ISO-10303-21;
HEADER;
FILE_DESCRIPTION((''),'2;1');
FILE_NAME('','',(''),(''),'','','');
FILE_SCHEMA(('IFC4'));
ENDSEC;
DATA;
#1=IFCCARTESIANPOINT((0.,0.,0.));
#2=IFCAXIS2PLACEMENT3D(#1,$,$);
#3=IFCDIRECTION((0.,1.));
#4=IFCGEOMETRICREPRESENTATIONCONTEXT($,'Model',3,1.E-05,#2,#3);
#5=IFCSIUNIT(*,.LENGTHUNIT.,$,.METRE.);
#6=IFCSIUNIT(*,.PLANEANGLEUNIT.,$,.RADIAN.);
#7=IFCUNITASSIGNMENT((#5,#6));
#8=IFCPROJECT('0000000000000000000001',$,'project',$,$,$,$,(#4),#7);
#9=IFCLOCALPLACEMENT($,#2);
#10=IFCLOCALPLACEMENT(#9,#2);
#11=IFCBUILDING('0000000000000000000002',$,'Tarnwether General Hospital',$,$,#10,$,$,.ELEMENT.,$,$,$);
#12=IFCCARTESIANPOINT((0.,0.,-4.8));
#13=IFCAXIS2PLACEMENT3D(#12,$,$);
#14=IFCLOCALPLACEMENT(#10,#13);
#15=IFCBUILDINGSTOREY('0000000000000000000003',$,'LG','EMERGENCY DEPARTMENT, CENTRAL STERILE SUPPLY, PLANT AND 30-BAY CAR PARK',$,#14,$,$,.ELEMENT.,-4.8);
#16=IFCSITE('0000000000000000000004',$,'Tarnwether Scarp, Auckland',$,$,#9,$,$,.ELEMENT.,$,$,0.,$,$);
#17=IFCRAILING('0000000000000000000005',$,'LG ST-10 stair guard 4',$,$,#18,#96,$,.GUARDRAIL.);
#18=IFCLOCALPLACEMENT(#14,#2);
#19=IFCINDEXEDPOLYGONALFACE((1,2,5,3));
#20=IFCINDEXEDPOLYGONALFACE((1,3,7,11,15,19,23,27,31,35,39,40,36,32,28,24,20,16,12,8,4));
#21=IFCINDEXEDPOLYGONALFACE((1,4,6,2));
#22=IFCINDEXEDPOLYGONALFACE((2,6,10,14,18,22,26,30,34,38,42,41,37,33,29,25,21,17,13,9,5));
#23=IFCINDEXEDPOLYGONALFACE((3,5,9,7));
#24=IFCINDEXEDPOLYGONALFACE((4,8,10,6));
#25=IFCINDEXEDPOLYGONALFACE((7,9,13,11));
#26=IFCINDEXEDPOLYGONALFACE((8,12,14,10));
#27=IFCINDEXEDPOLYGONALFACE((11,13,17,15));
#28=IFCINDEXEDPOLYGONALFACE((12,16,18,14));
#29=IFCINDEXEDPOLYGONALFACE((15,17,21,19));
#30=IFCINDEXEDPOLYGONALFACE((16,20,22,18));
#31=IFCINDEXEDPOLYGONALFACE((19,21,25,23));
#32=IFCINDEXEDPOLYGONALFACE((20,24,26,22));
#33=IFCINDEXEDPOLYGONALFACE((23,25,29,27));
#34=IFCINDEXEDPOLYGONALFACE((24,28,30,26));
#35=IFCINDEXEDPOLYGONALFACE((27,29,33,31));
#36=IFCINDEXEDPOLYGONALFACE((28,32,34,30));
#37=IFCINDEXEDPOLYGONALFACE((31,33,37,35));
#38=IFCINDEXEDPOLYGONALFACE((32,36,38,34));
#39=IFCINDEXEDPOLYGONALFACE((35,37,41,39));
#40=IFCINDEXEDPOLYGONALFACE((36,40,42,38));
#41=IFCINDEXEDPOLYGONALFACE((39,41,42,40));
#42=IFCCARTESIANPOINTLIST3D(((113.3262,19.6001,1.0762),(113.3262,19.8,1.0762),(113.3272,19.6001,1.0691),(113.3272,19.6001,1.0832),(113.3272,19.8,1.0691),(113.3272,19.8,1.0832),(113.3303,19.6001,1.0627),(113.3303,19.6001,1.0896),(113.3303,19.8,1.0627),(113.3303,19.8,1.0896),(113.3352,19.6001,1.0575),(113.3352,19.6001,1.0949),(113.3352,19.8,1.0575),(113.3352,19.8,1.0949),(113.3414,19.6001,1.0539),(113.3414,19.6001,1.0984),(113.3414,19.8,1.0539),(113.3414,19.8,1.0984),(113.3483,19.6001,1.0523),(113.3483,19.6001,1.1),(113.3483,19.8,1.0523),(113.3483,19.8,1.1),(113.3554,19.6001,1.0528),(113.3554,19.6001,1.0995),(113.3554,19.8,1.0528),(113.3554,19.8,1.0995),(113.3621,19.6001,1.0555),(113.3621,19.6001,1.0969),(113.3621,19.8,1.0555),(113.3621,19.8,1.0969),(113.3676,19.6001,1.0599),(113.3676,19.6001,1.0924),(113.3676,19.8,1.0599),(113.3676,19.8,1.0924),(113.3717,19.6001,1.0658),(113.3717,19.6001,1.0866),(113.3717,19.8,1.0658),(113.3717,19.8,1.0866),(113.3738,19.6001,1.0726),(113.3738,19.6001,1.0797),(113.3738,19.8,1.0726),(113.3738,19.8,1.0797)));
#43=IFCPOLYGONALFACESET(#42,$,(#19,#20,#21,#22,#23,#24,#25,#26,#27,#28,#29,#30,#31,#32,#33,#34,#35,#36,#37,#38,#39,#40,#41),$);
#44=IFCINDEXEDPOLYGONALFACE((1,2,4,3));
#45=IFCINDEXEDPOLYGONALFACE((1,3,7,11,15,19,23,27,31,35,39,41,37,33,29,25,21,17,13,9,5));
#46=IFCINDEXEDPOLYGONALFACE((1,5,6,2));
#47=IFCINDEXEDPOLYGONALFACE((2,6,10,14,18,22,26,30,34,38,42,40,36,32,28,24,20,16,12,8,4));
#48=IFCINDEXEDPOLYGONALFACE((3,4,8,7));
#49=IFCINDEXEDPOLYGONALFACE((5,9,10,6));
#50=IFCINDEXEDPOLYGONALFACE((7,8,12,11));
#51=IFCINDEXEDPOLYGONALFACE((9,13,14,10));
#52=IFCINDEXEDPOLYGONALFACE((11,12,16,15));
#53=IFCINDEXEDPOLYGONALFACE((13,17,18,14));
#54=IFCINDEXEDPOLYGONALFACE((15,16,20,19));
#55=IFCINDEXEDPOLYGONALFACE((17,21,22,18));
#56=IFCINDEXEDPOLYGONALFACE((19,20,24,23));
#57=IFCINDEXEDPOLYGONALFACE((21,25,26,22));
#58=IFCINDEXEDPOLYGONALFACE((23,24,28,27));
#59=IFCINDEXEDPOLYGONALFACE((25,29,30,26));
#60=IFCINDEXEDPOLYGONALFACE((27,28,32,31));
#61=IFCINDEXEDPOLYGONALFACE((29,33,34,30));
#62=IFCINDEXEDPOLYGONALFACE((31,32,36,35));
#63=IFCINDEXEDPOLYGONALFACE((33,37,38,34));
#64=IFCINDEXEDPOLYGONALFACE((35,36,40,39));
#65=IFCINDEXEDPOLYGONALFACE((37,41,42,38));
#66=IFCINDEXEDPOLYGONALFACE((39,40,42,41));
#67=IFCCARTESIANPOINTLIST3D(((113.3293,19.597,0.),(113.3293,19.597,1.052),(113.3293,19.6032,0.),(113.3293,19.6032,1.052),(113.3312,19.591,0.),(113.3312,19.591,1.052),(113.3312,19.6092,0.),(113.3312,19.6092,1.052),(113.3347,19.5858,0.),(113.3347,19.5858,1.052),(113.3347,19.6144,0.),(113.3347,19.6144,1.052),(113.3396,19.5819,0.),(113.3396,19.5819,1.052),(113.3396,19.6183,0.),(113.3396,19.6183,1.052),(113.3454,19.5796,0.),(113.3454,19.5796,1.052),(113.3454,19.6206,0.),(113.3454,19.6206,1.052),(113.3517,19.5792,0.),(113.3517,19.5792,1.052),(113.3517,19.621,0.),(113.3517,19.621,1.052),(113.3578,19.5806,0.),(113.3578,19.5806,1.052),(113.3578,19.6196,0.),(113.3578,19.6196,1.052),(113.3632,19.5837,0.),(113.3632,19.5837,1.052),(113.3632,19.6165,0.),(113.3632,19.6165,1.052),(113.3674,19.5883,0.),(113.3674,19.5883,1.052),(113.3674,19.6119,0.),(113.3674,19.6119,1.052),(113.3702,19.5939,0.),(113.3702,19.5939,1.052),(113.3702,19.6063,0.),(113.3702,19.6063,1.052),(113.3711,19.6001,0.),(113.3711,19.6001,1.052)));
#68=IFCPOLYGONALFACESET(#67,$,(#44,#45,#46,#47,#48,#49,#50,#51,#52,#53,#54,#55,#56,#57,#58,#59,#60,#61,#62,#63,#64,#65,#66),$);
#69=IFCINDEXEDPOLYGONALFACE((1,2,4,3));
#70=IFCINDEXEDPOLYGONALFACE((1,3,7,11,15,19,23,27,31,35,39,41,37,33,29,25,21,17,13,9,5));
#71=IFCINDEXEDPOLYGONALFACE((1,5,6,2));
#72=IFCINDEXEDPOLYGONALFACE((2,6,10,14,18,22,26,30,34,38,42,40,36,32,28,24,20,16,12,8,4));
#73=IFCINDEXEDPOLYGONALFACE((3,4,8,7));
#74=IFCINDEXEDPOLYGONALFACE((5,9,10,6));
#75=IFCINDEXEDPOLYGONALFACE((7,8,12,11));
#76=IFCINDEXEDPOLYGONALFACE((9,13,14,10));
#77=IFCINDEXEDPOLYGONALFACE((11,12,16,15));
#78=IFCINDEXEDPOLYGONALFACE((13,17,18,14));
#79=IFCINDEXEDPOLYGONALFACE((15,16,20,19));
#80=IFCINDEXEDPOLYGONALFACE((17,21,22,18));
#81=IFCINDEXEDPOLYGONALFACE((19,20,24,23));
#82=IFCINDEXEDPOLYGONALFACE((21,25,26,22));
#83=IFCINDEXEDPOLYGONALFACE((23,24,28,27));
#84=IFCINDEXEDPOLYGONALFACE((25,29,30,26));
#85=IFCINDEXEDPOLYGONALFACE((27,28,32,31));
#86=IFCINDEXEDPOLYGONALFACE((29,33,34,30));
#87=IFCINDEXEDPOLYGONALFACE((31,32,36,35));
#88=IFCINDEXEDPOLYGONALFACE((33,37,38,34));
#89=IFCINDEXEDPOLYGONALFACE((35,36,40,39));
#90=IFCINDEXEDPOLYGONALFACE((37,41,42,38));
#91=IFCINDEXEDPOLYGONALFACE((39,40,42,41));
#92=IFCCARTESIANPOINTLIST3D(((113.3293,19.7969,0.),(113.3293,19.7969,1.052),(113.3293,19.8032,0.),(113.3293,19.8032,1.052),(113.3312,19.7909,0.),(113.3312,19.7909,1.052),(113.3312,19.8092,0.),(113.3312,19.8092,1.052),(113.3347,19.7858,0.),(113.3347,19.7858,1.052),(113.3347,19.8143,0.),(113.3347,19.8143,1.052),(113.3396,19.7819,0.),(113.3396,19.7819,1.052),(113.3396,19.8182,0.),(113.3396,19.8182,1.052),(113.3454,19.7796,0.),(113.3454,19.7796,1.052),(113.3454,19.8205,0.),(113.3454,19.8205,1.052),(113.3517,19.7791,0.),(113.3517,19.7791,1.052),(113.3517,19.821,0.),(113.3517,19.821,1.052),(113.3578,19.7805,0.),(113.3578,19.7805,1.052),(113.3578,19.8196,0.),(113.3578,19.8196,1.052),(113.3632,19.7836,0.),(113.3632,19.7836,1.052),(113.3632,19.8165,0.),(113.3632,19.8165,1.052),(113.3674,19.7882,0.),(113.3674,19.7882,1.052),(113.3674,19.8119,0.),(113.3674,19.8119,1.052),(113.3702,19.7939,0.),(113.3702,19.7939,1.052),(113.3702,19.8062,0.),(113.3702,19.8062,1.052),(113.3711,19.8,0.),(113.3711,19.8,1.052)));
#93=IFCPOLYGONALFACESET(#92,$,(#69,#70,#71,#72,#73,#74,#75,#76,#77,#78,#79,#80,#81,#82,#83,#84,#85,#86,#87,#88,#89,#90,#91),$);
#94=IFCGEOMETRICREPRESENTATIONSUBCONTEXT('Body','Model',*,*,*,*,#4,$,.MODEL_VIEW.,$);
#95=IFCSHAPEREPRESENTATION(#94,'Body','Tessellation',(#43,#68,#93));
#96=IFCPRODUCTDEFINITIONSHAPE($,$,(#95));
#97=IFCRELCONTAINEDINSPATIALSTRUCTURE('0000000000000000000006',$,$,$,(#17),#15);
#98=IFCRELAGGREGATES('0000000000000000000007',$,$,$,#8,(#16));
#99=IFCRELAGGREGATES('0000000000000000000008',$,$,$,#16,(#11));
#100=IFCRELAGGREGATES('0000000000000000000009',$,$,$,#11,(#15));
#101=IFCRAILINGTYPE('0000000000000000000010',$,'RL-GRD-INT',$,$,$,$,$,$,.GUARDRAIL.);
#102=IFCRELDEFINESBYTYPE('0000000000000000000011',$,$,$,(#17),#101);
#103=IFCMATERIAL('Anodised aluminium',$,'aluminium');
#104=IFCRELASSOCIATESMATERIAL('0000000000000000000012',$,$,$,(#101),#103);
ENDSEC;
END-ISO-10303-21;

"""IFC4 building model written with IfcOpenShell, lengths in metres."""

from ifc_helpers import new_model, si_unit, direction, frame, origin, origin_2d, place, context, subcontext, project, spatial, circle, extrude, material, type_object, element, save


model = new_model("IFC4")

# Units and contexts
model_context = context("Model", 3, precision=1e-05, world=origin(), true_north=direction((0.0, 1.0)))
body_context = subcontext(model_context, "Body", "Model", "MODEL_VIEW")
ifc_project = project(units=[si_unit("LENGTHUNIT", "METRE"), si_unit("PLANEANGLEUNIT", "RADIAN")], contexts=[model_context])

# Site, building, storey
site_placement = place(None, origin())
site = spatial("IfcSite", under=ifc_project, at=site_placement, Name="Tarnwether Scarp, Auckland", CompositionType="ELEMENT", RefElevation=0.0)
building_placement = place(site_placement, origin())
building = spatial("IfcBuilding", under=site, at=building_placement, Name="Tarnwether General Hospital", CompositionType="ELEMENT")
storey_placement = place(building_placement, frame((0.0, 0.0, -4.8)))
storey = spatial("IfcBuildingStorey", under=building, at=storey_placement, Name="LG", Description="EMERGENCY DEPARTMENT, CENTRAL STERILE SUPPLY, PLANT AND 30-BAY CAR PARK", CompositionType="ELEMENT", Elevation=-4.8)

# Railing
ifc_material_1 = material(Name="Anodised aluminium", Category="aluminium")
railing_type_1 = type_object("IfcRailingType", Name="RL-GRD-INT", PredefinedType="GUARDRAIL", material=ifc_material_1)
railing_1_placement = place(storey_placement, frame((113.3501, 19.6001, 0.0)))
element("IfcRailing", 1, at=railing_1_placement, inside=storey, type_object=railing_type_1, Name="LG ST-10 stair guard 4", PredefinedType="GUARDRAIL", context=body_context, shape_type="SweptSolid", body=[
    extrude(circle(Radius=0.0239, at=origin_2d()), frame((0.0, 0.0, 1.0762), z_axis=(0.0, 1.0, 0.0), x_axis=(-1.0, 0.0, 0.0)), (0.0, 0.0, 1.0), 0.2),
    extrude(circle(Radius=0.021, at=origin_2d()), origin(), (0.0, 0.0, 1.0), 1.052),
    extrude(circle(Radius=0.021, at=origin_2d()), frame((0.0, 0.2, 0.0)), (0.0, 0.0, 1.0), 1.052),
])

save(model, "model.ifc")
